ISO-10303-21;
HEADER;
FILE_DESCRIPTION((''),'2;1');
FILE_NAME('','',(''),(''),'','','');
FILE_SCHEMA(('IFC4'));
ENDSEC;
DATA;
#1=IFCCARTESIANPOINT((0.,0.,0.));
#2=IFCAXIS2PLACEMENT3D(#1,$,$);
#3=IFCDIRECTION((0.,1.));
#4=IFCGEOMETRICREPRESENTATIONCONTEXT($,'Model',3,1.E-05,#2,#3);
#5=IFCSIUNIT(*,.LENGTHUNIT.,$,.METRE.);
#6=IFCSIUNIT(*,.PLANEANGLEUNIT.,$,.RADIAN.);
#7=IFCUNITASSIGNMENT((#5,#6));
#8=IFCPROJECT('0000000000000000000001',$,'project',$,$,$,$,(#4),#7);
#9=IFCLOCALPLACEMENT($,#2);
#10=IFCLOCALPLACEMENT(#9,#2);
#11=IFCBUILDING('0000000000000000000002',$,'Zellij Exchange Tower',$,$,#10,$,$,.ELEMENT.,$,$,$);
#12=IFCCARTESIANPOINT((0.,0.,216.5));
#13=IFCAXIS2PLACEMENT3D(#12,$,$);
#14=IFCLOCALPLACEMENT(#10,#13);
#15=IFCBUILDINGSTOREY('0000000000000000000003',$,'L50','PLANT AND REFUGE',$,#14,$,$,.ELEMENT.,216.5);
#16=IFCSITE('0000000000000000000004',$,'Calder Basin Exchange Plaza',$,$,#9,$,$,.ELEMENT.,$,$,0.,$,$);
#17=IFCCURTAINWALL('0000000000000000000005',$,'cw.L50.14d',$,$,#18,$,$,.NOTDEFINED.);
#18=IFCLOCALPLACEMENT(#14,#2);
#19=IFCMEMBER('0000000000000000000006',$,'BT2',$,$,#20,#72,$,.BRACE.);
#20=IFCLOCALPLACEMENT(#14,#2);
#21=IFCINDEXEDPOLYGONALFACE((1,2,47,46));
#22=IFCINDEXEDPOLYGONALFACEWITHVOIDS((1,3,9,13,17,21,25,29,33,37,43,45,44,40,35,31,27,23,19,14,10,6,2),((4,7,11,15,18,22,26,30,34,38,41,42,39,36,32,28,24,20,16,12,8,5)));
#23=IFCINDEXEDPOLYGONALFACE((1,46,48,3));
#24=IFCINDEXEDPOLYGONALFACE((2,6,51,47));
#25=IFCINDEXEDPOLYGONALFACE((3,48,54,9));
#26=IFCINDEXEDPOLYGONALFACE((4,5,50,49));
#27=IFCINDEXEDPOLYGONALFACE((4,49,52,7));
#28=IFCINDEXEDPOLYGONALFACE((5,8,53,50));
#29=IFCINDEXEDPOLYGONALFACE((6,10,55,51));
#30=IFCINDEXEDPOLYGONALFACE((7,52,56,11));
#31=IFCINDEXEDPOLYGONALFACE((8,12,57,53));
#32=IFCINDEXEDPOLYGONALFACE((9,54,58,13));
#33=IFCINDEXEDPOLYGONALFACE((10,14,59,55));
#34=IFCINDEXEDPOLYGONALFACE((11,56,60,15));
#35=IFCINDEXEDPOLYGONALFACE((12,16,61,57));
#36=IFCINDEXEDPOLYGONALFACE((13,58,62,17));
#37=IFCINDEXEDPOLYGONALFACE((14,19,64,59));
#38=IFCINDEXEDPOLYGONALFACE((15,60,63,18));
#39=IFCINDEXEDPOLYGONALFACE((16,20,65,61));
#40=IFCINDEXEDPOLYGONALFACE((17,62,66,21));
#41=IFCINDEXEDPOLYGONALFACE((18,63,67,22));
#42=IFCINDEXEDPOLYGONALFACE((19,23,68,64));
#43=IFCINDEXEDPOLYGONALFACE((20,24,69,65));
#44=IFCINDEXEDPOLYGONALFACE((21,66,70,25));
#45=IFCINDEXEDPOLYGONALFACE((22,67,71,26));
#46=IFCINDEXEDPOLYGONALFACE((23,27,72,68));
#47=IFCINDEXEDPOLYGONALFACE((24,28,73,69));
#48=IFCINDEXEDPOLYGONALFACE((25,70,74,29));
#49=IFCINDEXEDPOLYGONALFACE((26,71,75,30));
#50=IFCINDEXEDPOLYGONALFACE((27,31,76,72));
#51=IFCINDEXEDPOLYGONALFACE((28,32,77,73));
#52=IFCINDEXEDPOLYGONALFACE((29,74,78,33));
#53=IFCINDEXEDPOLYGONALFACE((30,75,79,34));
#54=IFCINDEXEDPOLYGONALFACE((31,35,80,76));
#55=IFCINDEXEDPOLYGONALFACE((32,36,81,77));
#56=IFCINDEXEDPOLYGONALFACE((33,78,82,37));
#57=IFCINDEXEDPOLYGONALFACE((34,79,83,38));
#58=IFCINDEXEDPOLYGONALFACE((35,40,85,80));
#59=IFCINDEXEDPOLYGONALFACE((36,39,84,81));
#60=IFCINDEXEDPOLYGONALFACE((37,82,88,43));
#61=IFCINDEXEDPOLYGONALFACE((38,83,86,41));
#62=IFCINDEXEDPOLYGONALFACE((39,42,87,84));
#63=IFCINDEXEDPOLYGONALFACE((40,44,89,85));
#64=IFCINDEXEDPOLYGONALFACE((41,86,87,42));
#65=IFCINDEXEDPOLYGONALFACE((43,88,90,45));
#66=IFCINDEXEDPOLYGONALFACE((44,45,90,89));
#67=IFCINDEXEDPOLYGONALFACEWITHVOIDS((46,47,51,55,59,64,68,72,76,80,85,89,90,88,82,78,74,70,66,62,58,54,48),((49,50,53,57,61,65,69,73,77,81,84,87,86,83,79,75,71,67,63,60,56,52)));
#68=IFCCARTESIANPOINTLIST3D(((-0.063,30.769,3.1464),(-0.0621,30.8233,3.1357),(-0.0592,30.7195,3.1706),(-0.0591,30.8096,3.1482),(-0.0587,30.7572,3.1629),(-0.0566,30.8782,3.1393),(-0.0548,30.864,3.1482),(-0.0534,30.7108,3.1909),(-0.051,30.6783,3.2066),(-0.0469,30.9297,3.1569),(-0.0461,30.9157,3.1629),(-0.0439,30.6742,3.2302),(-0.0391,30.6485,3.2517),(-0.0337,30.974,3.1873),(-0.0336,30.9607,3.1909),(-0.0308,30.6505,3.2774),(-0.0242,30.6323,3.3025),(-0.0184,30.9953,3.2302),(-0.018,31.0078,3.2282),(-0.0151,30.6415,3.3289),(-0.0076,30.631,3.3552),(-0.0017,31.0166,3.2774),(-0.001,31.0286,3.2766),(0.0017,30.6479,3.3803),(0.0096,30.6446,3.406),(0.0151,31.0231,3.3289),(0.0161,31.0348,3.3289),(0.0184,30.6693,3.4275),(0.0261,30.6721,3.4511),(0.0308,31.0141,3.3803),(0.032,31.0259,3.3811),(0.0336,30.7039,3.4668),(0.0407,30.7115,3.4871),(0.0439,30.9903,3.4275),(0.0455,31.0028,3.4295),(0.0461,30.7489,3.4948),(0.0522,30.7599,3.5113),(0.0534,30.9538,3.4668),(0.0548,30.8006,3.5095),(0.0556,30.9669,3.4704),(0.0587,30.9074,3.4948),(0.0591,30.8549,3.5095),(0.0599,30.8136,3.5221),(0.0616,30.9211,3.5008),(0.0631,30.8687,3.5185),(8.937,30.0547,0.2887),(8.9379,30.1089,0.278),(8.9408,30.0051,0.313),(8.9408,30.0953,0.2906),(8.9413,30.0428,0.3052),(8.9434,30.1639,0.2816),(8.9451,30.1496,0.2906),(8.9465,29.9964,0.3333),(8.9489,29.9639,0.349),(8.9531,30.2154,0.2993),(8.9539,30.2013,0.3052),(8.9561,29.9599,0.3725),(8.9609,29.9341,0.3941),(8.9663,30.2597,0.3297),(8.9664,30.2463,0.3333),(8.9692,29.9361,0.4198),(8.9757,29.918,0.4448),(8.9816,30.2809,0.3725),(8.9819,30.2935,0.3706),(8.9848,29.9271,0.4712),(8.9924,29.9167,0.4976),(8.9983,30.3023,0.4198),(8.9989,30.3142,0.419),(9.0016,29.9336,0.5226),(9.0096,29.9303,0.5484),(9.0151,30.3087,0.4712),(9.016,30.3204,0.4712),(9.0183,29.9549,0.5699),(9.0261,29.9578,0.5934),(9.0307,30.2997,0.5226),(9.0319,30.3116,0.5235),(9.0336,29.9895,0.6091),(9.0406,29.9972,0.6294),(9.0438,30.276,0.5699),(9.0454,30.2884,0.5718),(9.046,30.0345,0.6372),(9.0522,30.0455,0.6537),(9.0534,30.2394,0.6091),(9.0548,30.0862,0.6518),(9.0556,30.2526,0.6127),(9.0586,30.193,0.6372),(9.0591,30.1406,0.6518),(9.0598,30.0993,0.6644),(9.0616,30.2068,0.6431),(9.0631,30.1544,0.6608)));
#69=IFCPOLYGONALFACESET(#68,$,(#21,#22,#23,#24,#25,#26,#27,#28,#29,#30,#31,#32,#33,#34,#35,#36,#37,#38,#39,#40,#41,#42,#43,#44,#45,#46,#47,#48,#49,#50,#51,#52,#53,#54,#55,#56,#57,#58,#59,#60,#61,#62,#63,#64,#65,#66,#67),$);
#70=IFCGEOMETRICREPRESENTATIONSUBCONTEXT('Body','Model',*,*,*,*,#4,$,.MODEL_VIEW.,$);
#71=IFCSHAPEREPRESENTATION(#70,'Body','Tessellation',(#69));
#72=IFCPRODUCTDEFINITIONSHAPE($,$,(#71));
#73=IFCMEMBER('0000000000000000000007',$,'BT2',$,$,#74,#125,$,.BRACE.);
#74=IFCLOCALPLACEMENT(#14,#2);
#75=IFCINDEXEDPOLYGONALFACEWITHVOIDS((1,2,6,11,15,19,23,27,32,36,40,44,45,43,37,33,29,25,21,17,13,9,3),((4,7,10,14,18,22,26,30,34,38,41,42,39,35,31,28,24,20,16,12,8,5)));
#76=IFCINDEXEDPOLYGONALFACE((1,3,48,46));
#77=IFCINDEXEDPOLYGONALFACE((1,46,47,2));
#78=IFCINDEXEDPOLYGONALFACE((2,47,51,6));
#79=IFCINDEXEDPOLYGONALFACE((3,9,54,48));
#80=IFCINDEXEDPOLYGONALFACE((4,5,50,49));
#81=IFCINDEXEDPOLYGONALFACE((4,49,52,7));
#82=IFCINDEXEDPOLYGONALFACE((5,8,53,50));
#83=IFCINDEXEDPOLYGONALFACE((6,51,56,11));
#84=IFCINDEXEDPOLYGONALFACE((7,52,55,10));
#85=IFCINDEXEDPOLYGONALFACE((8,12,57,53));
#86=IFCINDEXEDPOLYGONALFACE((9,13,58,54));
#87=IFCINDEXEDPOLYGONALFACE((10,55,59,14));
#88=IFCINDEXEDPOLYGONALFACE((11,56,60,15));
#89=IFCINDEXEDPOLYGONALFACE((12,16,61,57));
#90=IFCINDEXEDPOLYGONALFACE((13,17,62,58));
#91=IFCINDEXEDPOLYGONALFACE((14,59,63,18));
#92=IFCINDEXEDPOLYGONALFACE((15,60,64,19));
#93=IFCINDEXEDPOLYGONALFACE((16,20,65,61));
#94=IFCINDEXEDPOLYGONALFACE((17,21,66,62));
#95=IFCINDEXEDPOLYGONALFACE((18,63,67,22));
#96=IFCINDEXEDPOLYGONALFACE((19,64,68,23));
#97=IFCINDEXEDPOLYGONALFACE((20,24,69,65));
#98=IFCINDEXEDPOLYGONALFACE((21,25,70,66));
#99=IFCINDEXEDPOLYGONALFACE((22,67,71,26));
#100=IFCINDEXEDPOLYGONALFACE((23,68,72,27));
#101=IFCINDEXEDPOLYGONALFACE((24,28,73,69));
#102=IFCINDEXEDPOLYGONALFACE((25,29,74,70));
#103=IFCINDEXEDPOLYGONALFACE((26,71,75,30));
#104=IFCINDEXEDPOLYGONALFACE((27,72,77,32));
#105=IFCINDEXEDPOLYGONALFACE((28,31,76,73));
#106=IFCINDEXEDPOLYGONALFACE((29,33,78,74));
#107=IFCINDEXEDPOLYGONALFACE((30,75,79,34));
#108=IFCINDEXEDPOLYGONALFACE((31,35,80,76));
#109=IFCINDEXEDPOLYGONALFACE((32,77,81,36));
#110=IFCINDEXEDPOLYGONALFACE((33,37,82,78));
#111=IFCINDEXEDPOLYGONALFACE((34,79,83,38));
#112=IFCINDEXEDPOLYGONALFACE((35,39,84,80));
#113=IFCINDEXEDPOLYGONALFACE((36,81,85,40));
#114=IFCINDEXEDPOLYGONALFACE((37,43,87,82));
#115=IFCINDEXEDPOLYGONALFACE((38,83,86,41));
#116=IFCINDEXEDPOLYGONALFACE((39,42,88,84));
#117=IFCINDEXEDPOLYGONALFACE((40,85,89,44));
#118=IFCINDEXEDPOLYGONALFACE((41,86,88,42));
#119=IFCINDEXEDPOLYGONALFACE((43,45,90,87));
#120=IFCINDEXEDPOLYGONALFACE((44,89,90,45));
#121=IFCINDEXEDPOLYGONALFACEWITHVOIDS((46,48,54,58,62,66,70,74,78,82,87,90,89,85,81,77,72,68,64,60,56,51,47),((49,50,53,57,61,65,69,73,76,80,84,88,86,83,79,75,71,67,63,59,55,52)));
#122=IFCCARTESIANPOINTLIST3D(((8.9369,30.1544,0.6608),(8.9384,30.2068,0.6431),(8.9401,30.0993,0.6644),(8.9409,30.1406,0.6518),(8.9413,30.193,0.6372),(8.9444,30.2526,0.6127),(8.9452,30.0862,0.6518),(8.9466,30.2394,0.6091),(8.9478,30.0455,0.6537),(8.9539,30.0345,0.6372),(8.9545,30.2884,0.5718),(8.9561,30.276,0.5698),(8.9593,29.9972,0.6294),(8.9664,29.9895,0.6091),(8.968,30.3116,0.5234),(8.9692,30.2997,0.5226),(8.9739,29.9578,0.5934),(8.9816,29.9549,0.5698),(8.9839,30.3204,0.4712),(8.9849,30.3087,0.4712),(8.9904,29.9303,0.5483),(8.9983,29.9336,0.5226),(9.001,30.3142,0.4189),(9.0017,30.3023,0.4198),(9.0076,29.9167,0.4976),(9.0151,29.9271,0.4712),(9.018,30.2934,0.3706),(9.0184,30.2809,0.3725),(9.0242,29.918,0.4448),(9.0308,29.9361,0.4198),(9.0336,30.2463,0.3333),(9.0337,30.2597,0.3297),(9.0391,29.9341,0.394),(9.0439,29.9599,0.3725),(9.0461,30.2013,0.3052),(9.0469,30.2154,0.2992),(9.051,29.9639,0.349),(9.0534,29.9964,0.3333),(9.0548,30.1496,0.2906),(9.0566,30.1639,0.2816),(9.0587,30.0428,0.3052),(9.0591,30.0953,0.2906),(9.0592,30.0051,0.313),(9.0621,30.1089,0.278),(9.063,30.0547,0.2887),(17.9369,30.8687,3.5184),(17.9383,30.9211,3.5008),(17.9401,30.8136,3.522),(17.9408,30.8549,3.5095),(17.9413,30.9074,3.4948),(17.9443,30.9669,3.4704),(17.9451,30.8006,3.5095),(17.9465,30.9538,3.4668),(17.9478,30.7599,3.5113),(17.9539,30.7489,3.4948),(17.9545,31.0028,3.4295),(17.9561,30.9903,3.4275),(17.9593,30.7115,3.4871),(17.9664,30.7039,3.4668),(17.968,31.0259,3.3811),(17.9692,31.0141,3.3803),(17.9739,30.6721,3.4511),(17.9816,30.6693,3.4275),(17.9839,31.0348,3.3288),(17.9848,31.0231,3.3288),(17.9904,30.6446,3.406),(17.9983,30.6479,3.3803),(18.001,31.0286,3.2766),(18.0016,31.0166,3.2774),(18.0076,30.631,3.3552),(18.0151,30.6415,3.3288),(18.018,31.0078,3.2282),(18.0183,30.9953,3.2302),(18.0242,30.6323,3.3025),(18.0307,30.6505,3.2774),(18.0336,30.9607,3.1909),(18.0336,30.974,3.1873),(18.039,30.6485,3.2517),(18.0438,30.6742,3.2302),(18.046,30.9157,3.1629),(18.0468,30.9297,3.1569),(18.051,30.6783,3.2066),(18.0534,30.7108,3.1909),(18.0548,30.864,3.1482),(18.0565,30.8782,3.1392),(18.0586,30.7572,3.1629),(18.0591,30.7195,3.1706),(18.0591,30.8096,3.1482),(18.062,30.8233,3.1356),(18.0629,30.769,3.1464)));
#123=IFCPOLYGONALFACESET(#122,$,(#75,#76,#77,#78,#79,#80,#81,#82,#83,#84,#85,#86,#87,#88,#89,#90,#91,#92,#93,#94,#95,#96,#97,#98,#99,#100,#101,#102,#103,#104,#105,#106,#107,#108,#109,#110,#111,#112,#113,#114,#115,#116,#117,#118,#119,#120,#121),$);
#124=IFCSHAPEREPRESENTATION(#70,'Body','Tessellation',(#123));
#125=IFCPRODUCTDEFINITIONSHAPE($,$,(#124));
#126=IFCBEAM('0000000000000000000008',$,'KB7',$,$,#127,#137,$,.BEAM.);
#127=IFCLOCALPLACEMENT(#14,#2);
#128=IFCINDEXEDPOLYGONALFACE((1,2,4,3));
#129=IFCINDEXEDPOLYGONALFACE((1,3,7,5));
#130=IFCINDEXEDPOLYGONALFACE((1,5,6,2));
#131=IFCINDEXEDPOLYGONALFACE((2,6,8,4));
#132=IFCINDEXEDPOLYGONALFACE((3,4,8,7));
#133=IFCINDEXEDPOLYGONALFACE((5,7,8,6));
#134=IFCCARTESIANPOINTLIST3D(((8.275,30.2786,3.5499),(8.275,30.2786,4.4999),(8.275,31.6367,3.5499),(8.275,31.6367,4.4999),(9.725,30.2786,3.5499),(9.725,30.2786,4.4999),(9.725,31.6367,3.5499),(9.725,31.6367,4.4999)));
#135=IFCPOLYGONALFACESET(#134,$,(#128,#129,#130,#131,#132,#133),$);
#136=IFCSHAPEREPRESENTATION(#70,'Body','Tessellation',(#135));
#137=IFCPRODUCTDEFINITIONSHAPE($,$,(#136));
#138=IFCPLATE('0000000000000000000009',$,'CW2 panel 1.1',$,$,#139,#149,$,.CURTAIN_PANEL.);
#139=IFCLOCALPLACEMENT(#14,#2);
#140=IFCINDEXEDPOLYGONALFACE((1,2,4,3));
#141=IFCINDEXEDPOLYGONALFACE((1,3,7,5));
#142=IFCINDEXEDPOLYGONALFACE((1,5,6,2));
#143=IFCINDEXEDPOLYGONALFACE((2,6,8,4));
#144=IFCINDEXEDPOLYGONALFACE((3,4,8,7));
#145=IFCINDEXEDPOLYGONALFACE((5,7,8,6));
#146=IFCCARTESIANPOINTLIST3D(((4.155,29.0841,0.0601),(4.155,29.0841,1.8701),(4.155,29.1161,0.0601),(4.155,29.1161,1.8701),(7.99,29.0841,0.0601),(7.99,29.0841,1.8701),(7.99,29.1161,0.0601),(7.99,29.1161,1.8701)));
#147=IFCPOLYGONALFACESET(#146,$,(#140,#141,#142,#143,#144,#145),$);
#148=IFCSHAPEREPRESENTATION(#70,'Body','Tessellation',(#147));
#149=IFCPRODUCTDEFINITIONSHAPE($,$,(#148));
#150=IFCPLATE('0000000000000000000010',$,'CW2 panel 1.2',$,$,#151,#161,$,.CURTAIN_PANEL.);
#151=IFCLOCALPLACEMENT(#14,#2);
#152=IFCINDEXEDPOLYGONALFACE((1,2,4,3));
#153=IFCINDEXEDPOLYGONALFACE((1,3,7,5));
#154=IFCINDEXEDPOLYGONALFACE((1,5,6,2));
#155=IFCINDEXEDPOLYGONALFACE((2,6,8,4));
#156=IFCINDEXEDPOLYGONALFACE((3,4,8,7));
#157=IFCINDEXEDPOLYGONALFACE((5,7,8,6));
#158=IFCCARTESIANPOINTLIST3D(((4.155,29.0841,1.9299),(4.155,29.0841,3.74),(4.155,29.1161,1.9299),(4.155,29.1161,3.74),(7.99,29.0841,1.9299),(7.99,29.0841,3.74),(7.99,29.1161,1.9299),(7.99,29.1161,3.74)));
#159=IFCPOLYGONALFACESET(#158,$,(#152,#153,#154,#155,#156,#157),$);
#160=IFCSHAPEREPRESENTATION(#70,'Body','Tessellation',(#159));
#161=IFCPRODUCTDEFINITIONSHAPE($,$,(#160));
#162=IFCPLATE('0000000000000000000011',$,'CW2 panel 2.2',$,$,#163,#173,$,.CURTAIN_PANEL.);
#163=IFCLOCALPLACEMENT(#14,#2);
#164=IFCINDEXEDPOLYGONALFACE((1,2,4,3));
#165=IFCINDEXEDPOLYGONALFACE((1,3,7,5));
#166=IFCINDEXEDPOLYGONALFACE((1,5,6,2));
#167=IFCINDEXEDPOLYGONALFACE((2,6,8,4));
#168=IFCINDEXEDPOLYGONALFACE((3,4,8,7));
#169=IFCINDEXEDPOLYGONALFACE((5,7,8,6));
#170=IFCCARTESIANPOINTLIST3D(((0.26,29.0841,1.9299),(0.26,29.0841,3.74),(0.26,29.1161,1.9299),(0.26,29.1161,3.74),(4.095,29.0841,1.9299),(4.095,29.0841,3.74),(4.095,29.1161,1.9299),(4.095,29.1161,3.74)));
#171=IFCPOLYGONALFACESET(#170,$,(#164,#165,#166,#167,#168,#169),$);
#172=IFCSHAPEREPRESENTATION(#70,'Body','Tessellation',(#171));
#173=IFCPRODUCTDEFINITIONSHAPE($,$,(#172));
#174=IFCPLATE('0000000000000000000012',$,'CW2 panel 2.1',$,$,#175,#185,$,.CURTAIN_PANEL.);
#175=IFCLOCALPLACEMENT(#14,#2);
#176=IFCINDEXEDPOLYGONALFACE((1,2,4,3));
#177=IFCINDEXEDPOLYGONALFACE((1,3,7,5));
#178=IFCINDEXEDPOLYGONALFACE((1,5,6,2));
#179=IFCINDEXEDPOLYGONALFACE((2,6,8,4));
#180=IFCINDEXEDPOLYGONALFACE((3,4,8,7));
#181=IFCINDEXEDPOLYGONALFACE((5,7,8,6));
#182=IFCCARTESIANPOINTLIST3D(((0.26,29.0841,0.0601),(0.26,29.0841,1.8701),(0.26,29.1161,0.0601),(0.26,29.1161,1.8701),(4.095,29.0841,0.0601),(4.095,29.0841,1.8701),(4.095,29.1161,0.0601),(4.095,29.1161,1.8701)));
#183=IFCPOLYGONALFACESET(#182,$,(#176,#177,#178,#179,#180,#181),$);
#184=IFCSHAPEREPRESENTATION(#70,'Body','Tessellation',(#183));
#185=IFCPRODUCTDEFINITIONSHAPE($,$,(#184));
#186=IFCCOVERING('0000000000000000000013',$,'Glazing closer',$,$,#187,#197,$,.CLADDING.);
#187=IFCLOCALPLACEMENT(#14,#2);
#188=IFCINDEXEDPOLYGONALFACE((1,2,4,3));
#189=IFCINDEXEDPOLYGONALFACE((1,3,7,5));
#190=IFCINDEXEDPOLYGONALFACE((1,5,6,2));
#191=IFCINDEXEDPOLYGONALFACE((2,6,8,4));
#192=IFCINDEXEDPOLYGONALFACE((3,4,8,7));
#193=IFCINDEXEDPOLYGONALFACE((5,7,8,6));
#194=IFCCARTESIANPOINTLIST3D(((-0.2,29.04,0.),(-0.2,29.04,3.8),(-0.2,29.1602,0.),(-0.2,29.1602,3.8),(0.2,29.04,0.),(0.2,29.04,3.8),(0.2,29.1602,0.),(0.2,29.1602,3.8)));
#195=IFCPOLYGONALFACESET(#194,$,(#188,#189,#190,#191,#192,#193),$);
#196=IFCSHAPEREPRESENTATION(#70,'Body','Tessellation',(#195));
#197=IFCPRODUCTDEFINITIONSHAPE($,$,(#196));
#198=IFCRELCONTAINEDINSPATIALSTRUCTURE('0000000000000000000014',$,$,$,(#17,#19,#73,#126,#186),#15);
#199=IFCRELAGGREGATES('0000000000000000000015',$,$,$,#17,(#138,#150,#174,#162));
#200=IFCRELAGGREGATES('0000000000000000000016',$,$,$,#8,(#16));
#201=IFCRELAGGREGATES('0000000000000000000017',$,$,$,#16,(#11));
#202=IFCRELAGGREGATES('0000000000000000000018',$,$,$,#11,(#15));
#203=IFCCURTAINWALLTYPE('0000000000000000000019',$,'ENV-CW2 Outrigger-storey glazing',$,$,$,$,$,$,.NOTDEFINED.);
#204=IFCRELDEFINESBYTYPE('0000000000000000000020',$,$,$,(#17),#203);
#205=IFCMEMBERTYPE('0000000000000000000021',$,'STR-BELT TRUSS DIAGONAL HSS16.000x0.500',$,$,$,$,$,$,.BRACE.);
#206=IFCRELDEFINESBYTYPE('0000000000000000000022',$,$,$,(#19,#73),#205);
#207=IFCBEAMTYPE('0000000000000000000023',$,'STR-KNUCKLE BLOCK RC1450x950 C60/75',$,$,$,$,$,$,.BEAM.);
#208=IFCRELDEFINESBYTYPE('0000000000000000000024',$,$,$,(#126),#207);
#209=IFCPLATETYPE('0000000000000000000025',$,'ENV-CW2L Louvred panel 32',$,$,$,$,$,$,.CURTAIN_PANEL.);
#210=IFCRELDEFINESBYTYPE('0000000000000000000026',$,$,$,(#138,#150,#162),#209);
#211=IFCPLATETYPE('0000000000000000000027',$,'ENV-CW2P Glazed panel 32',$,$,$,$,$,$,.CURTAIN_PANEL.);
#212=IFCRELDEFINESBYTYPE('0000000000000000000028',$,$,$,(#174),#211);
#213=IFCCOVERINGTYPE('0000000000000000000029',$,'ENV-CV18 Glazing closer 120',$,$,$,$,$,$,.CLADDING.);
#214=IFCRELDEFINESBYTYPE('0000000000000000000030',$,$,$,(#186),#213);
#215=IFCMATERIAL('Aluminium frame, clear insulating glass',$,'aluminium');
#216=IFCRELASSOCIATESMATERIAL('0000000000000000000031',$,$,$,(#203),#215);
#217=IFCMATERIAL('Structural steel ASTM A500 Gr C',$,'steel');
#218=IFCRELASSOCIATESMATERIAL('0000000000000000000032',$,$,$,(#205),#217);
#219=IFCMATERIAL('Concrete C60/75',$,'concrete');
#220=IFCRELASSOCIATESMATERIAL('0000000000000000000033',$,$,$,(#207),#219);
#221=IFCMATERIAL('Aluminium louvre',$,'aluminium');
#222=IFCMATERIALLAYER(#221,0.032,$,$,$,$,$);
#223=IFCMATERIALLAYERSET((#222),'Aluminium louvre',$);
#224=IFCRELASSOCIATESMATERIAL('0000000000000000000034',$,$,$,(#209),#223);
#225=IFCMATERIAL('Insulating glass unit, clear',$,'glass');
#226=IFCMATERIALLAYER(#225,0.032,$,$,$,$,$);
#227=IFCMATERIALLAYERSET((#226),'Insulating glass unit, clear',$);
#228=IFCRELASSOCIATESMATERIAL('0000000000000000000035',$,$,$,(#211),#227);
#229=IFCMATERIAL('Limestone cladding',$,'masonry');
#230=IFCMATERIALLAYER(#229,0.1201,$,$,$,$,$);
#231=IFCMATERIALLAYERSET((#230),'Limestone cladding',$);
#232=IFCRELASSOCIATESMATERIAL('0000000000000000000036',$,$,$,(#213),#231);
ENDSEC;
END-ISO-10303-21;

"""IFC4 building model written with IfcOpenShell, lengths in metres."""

from ifc_helpers import new_model, si_unit, direction, frame, origin, origin_2d, place, context, subcontext, project, spatial, rectangle, hollow_circle, extrude, material, layer, layer_set, material_profile, profile_set, type_object, element, aggregate, save


model = new_model("IFC4")

# Units and contexts
model_context = context("Model", 3, precision=1e-05, world=origin(), true_north=direction((0.0, 1.0)))
body_context = subcontext(model_context, "Body", "Model", "MODEL_VIEW")
ifc_project = project(units=[si_unit("LENGTHUNIT", "METRE"), si_unit("PLANEANGLEUNIT", "RADIAN")], contexts=[model_context])

# Site, building, storey
site_placement = place(None, origin())
site = spatial("IfcSite", under=ifc_project, at=site_placement, Name="Calder Basin Exchange Plaza", CompositionType="ELEMENT", RefElevation=0.0)
building_placement = place(site_placement, origin())
building = spatial("IfcBuilding", under=site, at=building_placement, Name="Zellij Exchange Tower", CompositionType="ELEMENT")
storey_placement = place(building_placement, frame((0.0, 0.0, 216.5)))
storey = spatial("IfcBuildingStorey", under=building, at=storey_placement, Name="L50", Description="PLANT AND REFUGE", CompositionType="ELEMENT", Elevation=216.5)

# Shared definitions
ifc_material_1 = material(Name="Concrete C60/75", Category="concrete")

# Curtain wall
ifc_material_2 = material(Name="Aluminium frame, clear insulating glass", Category="aluminium")
curtain_wall_type = type_object("IfcCurtainWallType", Name="ENV-CW2 Outrigger-storey glazing", PredefinedType="NOTDEFINED", material=ifc_material_2)
curtain_wall_placement = place(storey_placement, origin())
curtain_wall = element("IfcCurtainWall", 1, at=curtain_wall_placement, inside=storey, type_object=curtain_wall_type, Name="cw.L50.14d", PredefinedType="NOTDEFINED")

# Members
ifc_material_3 = material(Name="Structural steel ASTM A500 Gr C", Category="steel")
ifc_material_profile_1 = material_profile(ifc_material_3, hollow_circle(Radius=0.2031, WallThickness=0.0117, at=origin_2d()), Name="STR-BELT TRUSS DIAGONAL HSS16.000x0.500")
ifc_profile_set_1 = profile_set([ifc_material_profile_1], Name="Structural steel ASTM A500 Gr C")
member_type_1 = type_object("IfcMemberType", Name="STR-BELT TRUSS DIAGONAL HSS16.000x0.500", PredefinedType="BRACE", material=ifc_profile_set_1)
for number, where, z_axis, x_axis, name in (
    (2, (0.0, 30.8323, 3.3289), (0.950393, -0.075435, -0.301767), (0.079124, 0.996865, 0.0), "BT2"),
    (3, (9.0, 30.1179, 0.4712), (0.950393, 0.075435, 0.301767), (-0.079124, 0.996865, 0.0), "BT2"),
):
    element("IfcMember", number, at=place(storey_placement, frame(where, z_axis=z_axis, x_axis=x_axis)), inside=storey, type_object=member_type_1, Name=name, PredefinedType="BRACE", context=body_context, shape_type="SweptSolid", body=[
        extrude(hollow_circle(Radius=0.2031, WallThickness=0.0117, at=origin_2d()), origin(), (0.0, 0.0, 1.0), 9.4697),
    ])

# Beam
ifc_material_profile_2 = material_profile(ifc_material_1, rectangle(XDim=1.45, YDim=0.95, at=origin_2d()), Name="STR-KNUCKLE BLOCK RC1450x950 C60/75")
ifc_profile_set_2 = profile_set([ifc_material_profile_2], Name="Concrete C60/75")
beam_type = type_object("IfcBeamType", Name="STR-KNUCKLE BLOCK RC1450x950 C60/75", PredefinedType="BEAM", material=ifc_profile_set_2)
beam_placement = place(storey_placement, frame((9.0, 30.2786, 4.0249), z_axis=(0.0, 1.0, 0.0), x_axis=(-1.0, 0.0, 0.0)))
element("IfcBeam", 4, at=beam_placement, inside=storey, type_object=beam_type, Name="KB7", PredefinedType="BEAM", context=body_context, shape_type="SweptSolid", body=[
    extrude(rectangle(XDim=1.45, YDim=0.95, at=origin_2d()), origin(), (0.0, 0.0, 1.0), 1.3582),
])

# Plates
ifc_material_4 = material(Name="Aluminium louvre", Category="aluminium")
ifc_layer_1 = layer(ifc_material_4, 0.032)
ifc_layer_set_1 = layer_set([ifc_layer_1], Name="Aluminium louvre")
plate_type_1 = type_object("IfcPlateType", Name="ENV-CW2L Louvred panel 32", PredefinedType="CURTAIN_PANEL", material=ifc_layer_set_1)
plate_1_placement = place(storey_placement, frame((6.0725, 29.1001, 0.0601), z_axis=(0.0, 0.0, 1.0), x_axis=(-1.0, 0.0, 0.0)))
plate_1 = element("IfcPlate", 5, at=plate_1_placement, type_object=plate_type_1, Name="CW2 panel 1.1", PredefinedType="CURTAIN_PANEL", context=body_context, shape_type="SweptSolid", body=[
    extrude(rectangle(XDim=3.835, YDim=0.032, at=origin_2d()), origin(), (0.0, 0.0, 1.0), 1.8101),
])
plate_2_placement = place(storey_placement, frame((6.0725, 29.1001, 1.9299), z_axis=(0.0, 0.0, 1.0), x_axis=(-1.0, 0.0, 0.0)))
plate_2 = element("IfcPlate", 6, at=plate_2_placement, type_object=plate_type_1, Name="CW2 panel 1.2", PredefinedType="CURTAIN_PANEL", context=body_context, shape_type="SweptSolid", body=[
    extrude(rectangle(XDim=3.835, YDim=0.032, at=origin_2d()), origin(), (0.0, 0.0, 1.0), 1.8101),
])
plate_3_placement = place(storey_placement, frame((2.1775, 29.1001, 1.9299), z_axis=(0.0, 0.0, 1.0), x_axis=(-1.0, 0.0, 0.0)))
plate_3 = element("IfcPlate", 7, at=plate_3_placement, type_object=plate_type_1, Name="CW2 panel 2.2", PredefinedType="CURTAIN_PANEL", context=body_context, shape_type="SweptSolid", body=[
    extrude(rectangle(XDim=3.835, YDim=0.032, at=origin_2d()), origin(), (0.0, 0.0, 1.0), 1.8101),
])
ifc_material_5 = material(Name="Insulating glass unit, clear", Category="glass")
ifc_layer_2 = layer(ifc_material_5, 0.032)
ifc_layer_set_2 = layer_set([ifc_layer_2], Name="Insulating glass unit, clear")
plate_type_2 = type_object("IfcPlateType", Name="ENV-CW2P Glazed panel 32", PredefinedType="CURTAIN_PANEL", material=ifc_layer_set_2)
plate_4_placement = place(storey_placement, frame((2.1775, 29.1001, 0.0601), z_axis=(0.0, 0.0, 1.0), x_axis=(-1.0, 0.0, 0.0)))
plate_4 = element("IfcPlate", 8, at=plate_4_placement, type_object=plate_type_2, Name="CW2 panel 2.1", PredefinedType="CURTAIN_PANEL", context=body_context, shape_type="SweptSolid", body=[
    extrude(rectangle(XDim=3.835, YDim=0.032, at=origin_2d()), origin(), (0.0, 0.0, 1.0), 1.8101),
])
aggregate(curtain_wall, [plate_1, plate_2, plate_4, plate_3])

# Covering
ifc_material_6 = material(Name="Limestone cladding", Category="masonry")
ifc_layer_3 = layer(ifc_material_6, 0.1201)
ifc_layer_set_3 = layer_set([ifc_layer_3], Name="Limestone cladding")
covering_type = type_object("IfcCoveringType", Name="ENV-CV18 Glazing closer 120", PredefinedType="CLADDING", material=ifc_layer_set_3)
covering_placement = place(storey_placement, frame((0.0, 29.1001, 0.0), z_axis=(0.0, 0.0, 1.0), x_axis=(-1.0, 0.0, 0.0)))
element("IfcCovering", 9, at=covering_placement, inside=storey, type_object=covering_type, Name="Glazing closer", PredefinedType="CLADDING", context=body_context, shape_type="SweptSolid", body=[
    extrude(rectangle(XDim=0.3999, YDim=0.1201, at=origin_2d()), origin(), (0.0, 0.0, 1.0), 3.8),
])

save(model, "model.ifc")
